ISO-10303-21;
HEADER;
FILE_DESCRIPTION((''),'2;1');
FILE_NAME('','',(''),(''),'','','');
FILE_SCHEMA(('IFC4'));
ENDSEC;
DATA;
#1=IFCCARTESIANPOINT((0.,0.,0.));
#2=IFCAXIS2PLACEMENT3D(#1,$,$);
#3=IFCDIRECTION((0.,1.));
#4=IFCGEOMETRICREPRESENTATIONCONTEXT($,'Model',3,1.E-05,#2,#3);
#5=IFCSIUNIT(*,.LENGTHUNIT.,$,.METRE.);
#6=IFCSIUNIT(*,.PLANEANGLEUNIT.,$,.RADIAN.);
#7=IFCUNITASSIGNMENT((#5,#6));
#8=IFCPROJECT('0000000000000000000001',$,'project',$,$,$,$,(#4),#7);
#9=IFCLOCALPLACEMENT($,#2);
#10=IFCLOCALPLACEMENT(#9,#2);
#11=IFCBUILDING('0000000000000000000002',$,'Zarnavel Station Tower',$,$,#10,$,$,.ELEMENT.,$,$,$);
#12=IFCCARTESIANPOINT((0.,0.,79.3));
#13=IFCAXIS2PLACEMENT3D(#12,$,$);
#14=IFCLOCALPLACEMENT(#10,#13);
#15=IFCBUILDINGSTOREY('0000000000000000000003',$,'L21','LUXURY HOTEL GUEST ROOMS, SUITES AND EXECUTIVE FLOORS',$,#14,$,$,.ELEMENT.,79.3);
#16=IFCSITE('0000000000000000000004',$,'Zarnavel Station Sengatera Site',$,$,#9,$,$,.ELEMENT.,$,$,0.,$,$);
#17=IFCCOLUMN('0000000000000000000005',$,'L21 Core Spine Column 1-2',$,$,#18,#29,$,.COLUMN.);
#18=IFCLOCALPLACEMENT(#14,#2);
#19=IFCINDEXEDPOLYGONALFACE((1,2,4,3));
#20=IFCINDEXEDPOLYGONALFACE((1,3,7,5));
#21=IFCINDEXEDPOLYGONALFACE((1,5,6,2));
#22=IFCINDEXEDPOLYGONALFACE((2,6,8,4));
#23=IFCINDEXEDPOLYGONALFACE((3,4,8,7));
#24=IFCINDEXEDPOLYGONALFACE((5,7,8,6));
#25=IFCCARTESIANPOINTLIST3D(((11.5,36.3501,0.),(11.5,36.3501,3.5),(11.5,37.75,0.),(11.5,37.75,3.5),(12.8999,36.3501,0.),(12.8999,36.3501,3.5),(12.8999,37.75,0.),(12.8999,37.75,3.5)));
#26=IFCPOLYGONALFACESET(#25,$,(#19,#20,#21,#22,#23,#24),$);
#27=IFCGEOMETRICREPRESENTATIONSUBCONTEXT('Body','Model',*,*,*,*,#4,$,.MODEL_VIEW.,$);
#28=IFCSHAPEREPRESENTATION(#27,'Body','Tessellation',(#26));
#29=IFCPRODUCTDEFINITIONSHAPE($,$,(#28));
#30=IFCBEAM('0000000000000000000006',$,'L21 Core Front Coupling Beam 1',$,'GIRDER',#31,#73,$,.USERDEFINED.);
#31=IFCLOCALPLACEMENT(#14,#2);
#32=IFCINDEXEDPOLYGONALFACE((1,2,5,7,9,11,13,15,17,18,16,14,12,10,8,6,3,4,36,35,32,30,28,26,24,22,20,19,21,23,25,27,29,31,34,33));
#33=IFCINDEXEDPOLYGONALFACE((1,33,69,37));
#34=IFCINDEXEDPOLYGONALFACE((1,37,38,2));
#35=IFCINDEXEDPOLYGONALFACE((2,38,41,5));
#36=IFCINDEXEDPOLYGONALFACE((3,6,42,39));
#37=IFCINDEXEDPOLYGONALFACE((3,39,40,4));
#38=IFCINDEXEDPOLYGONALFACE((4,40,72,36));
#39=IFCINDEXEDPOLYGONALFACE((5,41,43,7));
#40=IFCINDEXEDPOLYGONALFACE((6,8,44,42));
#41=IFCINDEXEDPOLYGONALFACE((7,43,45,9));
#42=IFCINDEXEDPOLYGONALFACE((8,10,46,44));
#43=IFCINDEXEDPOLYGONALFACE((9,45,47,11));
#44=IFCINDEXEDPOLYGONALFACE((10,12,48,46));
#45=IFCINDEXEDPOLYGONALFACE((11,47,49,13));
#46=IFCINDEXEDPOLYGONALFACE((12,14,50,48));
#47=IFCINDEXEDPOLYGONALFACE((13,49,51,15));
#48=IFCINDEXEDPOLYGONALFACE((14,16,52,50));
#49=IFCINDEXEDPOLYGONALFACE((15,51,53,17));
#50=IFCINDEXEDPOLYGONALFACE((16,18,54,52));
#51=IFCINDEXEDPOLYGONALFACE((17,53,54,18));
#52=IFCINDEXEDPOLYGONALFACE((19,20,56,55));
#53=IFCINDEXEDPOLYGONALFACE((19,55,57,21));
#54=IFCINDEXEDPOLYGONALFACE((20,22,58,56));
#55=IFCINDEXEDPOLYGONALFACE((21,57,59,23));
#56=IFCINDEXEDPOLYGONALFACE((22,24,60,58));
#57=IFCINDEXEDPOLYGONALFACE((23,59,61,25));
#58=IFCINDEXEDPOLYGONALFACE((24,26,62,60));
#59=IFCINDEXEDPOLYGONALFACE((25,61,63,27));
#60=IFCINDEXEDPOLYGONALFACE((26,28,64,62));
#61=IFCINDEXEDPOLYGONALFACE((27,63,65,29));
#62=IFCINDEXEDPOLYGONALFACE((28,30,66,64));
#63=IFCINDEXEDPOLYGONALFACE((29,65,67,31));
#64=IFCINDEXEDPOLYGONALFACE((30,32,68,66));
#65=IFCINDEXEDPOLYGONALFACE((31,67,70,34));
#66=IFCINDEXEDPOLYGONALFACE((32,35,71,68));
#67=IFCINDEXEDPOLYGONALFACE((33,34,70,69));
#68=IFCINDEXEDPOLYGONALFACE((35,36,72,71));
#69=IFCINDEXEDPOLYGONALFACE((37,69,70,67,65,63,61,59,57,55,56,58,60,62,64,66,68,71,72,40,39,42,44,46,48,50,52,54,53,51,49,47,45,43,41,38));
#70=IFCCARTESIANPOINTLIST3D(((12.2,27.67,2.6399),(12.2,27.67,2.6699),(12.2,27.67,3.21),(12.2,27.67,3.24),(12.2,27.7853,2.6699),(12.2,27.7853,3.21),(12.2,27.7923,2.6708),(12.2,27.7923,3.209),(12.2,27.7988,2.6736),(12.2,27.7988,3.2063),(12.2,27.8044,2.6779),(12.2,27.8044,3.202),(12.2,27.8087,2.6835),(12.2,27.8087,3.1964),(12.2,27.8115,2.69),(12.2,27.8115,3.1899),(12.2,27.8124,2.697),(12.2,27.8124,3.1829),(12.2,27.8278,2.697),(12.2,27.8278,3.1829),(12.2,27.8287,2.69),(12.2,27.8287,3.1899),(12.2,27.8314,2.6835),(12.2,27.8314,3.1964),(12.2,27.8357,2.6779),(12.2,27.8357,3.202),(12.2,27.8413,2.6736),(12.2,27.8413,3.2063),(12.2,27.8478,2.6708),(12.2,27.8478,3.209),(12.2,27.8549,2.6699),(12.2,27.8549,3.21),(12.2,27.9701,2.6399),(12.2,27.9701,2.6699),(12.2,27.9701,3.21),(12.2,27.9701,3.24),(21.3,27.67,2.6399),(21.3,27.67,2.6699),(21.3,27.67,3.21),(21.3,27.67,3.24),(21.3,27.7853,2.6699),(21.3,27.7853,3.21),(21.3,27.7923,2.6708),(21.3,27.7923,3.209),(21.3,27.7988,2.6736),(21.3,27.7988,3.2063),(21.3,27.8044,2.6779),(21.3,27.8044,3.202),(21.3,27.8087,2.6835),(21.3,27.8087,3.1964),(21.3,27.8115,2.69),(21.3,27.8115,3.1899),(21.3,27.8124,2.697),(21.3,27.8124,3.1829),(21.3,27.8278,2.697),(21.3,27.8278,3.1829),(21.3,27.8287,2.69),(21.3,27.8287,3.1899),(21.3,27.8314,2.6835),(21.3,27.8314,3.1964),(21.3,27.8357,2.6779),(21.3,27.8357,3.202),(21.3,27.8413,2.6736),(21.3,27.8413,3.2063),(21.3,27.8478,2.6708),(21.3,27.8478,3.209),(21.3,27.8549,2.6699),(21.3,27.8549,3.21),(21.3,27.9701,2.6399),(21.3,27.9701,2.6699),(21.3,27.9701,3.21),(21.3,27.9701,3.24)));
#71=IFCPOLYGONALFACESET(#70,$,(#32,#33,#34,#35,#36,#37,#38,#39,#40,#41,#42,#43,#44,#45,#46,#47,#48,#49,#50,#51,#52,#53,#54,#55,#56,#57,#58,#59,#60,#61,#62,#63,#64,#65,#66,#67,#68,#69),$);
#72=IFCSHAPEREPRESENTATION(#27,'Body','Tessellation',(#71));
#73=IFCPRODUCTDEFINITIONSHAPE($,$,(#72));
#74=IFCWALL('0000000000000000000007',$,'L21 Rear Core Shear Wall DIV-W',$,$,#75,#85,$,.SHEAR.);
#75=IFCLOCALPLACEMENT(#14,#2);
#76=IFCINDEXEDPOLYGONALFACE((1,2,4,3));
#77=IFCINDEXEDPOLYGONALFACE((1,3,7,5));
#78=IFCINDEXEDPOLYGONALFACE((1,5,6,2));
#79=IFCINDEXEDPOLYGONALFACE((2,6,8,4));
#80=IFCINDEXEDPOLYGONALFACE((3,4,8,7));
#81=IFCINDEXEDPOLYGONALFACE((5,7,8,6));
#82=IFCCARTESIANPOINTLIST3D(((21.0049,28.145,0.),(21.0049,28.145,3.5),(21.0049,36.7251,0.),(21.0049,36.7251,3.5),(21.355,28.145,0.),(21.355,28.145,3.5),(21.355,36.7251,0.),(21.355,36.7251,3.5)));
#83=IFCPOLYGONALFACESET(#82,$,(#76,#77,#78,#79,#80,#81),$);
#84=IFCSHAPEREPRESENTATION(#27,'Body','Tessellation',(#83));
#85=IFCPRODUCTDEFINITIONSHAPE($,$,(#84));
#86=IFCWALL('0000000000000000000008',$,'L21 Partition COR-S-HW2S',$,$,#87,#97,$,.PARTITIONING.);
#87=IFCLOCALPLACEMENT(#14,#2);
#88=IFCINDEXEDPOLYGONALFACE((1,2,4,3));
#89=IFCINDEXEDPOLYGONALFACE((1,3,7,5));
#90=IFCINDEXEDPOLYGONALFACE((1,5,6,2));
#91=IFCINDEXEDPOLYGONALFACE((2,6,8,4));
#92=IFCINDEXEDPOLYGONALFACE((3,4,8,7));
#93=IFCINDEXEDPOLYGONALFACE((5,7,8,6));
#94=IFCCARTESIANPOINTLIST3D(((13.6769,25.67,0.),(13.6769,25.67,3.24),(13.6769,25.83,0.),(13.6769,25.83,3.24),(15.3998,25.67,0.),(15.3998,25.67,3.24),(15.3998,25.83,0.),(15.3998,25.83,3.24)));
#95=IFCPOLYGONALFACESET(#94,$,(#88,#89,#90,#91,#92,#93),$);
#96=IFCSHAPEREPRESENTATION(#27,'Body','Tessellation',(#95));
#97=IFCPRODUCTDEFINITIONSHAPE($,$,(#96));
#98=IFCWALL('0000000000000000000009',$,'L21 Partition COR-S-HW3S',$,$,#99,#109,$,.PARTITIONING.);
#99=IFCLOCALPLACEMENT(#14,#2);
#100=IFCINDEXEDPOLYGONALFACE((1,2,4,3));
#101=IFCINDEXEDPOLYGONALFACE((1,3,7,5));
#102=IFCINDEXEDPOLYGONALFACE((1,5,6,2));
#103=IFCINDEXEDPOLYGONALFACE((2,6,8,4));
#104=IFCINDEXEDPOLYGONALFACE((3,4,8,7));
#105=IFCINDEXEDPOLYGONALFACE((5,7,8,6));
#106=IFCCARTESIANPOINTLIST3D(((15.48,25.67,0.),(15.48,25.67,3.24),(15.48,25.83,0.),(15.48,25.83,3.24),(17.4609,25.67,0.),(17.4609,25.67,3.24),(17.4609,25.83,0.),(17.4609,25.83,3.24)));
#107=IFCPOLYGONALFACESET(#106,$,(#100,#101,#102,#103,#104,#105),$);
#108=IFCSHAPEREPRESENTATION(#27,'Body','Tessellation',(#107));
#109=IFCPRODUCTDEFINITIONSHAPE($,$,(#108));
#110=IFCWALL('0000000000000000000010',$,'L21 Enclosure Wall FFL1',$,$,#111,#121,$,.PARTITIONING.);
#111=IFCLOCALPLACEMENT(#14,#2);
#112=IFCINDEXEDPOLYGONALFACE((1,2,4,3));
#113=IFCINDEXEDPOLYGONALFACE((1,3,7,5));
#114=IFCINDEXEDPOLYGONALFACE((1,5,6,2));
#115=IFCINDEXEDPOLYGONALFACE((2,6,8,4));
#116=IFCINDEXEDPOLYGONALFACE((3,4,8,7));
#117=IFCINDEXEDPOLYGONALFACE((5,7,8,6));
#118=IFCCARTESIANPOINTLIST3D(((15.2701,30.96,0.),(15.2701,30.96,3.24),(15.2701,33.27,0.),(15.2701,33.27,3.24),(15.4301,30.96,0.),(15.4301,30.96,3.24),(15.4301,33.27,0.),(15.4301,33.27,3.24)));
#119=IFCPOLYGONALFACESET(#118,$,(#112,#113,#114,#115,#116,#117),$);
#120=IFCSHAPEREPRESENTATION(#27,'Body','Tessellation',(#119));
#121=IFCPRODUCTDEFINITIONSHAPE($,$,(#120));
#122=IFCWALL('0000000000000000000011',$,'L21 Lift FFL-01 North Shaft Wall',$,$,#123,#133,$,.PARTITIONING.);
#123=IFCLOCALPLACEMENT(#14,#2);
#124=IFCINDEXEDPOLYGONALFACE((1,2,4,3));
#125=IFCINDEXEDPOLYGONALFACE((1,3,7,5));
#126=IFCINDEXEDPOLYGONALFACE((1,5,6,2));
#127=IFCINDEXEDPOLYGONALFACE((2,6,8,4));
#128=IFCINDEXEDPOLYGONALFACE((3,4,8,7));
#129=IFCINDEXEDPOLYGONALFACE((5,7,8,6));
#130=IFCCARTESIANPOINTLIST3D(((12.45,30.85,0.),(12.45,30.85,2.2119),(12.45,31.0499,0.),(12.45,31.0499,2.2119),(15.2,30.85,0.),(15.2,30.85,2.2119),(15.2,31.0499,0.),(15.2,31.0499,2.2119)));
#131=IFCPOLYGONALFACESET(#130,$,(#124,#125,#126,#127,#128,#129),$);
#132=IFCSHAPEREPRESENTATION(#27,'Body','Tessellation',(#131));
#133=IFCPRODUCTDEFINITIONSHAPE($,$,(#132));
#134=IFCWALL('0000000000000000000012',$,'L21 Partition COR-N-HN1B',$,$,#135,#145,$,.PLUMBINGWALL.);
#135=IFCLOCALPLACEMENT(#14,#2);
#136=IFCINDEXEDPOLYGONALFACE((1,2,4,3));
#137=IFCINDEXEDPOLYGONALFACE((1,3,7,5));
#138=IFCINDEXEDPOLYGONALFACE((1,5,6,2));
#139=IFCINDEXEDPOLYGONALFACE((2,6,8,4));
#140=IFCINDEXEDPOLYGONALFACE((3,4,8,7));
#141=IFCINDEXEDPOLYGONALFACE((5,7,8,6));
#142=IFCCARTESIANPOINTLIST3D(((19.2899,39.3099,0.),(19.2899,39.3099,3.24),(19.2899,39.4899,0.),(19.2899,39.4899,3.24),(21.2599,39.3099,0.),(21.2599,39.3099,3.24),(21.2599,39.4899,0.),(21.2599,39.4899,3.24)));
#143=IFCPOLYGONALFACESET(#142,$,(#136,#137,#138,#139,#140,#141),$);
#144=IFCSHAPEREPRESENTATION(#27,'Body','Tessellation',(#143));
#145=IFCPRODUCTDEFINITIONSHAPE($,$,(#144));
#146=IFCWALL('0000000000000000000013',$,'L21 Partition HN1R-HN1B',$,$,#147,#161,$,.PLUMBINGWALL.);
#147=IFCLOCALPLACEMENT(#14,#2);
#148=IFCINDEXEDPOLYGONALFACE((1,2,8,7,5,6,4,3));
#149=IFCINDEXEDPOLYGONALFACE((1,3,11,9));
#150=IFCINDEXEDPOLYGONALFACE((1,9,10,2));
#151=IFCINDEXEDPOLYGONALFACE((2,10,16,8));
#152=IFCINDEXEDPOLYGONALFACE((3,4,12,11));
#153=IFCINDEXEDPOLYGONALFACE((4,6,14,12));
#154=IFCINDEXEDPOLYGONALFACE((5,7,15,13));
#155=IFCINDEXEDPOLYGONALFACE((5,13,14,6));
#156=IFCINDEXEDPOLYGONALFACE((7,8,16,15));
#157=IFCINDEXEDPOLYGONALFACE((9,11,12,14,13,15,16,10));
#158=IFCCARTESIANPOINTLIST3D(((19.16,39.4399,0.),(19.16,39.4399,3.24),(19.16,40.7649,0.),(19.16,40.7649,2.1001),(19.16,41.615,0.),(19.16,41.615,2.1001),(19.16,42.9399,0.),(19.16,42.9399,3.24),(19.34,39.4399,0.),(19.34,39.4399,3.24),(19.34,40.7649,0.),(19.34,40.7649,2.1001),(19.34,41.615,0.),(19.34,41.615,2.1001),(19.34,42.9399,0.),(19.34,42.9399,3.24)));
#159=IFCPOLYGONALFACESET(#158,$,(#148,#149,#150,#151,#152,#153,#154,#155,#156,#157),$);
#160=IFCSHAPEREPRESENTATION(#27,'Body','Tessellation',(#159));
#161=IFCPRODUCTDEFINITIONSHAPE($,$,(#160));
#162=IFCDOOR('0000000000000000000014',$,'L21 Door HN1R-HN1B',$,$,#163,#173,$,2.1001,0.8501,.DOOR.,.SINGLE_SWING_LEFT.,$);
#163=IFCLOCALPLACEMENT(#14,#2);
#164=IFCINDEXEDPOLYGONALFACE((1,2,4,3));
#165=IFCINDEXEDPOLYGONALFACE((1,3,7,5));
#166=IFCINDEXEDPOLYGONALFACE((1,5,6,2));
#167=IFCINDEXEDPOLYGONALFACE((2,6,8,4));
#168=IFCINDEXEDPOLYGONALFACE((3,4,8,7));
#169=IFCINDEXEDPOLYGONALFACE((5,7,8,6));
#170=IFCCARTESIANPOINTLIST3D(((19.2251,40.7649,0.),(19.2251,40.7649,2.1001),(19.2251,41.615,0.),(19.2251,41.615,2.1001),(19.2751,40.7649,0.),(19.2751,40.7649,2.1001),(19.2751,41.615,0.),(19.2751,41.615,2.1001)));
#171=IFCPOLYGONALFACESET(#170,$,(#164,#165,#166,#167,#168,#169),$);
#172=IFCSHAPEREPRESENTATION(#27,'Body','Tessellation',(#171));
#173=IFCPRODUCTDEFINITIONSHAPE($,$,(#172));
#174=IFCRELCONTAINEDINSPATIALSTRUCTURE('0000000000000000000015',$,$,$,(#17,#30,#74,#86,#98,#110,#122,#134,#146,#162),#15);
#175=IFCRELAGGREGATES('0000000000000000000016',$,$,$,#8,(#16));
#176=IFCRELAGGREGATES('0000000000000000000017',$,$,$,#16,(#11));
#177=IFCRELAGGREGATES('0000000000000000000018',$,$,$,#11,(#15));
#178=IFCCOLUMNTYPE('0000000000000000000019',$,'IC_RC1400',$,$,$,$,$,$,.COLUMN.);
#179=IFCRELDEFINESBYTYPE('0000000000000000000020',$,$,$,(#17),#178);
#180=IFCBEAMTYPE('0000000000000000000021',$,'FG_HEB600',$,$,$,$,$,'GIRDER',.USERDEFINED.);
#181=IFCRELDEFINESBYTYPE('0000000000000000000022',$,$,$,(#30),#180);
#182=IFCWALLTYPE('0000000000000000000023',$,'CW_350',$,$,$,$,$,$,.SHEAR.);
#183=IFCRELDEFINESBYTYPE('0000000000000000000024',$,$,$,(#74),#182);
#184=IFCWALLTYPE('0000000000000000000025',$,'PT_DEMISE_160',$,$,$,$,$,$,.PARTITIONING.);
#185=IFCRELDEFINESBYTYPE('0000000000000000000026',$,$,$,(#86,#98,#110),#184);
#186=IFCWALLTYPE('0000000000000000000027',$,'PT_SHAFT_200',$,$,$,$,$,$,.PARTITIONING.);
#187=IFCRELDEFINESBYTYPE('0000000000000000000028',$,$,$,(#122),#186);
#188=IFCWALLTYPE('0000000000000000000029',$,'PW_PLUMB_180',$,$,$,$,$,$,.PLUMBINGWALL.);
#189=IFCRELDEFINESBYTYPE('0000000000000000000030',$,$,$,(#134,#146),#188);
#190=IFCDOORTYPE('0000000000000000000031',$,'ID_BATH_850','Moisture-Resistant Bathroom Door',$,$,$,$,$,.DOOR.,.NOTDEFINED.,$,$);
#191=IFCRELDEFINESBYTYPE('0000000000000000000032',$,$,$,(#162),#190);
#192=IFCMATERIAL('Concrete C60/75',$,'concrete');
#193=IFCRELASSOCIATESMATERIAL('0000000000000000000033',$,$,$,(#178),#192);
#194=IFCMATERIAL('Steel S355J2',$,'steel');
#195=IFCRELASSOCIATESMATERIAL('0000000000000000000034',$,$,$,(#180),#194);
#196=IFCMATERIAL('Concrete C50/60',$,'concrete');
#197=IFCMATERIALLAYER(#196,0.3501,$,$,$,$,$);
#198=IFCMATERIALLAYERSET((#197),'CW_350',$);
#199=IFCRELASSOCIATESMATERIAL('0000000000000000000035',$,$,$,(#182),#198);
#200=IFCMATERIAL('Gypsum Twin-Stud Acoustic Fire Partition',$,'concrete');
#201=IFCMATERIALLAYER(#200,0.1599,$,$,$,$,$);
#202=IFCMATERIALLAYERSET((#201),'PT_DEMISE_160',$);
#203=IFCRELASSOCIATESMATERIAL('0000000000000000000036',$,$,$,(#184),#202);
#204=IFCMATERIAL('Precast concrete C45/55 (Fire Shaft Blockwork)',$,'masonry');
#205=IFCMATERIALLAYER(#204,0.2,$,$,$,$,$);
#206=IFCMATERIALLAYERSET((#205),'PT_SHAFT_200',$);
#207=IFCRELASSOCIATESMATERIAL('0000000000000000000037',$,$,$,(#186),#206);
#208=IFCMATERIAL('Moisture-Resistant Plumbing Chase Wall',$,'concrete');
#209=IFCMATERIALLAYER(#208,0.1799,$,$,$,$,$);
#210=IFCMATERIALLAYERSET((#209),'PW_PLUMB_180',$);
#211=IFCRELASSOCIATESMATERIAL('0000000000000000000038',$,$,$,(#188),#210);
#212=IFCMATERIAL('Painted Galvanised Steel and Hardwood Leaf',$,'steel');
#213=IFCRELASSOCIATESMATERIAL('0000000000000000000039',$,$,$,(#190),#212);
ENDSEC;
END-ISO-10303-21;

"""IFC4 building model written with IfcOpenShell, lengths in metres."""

from ifc_helpers import new_model, si_unit, direction, frame, frame_2d, origin, origin_2d, place, context, subcontext, project, spatial, rectangle, i_section, extrude, material, layer, layer_set, material_profile, profile_set, type_object, element, fill, save


model = new_model("IFC4")

# Units and contexts
model_context = context("Model", 3, precision=1e-05, world=origin(), true_north=direction((0.0, 1.0)))
body_context = subcontext(model_context, "Body", "Model", "MODEL_VIEW")
ifc_project = project(units=[si_unit("LENGTHUNIT", "METRE"), si_unit("PLANEANGLEUNIT", "RADIAN")], contexts=[model_context])

# Site, building, storey
site_placement = place(None, origin())
site = spatial("IfcSite", under=ifc_project, at=site_placement, Name="Zarnavel Station Sengatera Site", CompositionType="ELEMENT", RefElevation=0.0)
building_placement = place(site_placement, origin())
building = spatial("IfcBuilding", under=site, at=building_placement, Name="Zarnavel Station Tower", CompositionType="ELEMENT")
storey_placement = place(building_placement, frame((0.0, 0.0, 79.3)))
storey = spatial("IfcBuildingStorey", under=building, at=storey_placement, Name="L21", Description="LUXURY HOTEL GUEST ROOMS, SUITES AND EXECUTIVE FLOORS", CompositionType="ELEMENT", Elevation=79.3)

# Column
ifc_material_1 = material(Name="Concrete C60/75", Category="concrete")
ifc_material_profile_1 = material_profile(ifc_material_1, rectangle(XDim=1.3999, YDim=1.3999, at=origin_2d()), Name="RC1400x1400")
ifc_profile_set_1 = profile_set([ifc_material_profile_1], Name="Concrete C60/75")
column_type = type_object("IfcColumnType", Name="IC_RC1400", PredefinedType="COLUMN", material=ifc_profile_set_1)
column_placement = place(storey_placement, frame((12.2, 37.05, 0.0), z_axis=(0.0, 0.0, 1.0), x_axis=(1.0, 0.0, 0.0)))
element("IfcColumn", 1, at=column_placement, inside=storey, type_object=column_type, Name="L21 Core Spine Column 1-2", PredefinedType="COLUMN", context=body_context, shape_type="SweptSolid", body=[
    extrude(rectangle(XDim=1.3999, YDim=1.3999, at=origin_2d()), origin(), (0.0, 0.0, 1.0), 3.5),
])

# Beam
ifc_material_2 = material(Name="Steel S355J2", Category="steel")
ifc_material_profile_2 = material_profile(ifc_material_2, i_section(OverallWidth=0.3, OverallDepth=0.6001, WebThickness=0.0154, FlangeThickness=0.03, FilletRadius=0.0271, at=origin_2d()), Name="HEB600")
ifc_profile_set_2 = profile_set([ifc_material_profile_2], Name="Steel S355J2")
beam_type = type_object("IfcBeamType", Name="FG_HEB600", ElementType="GIRDER", PredefinedType="USERDEFINED", material=ifc_profile_set_2)
beam_placement = place(storey_placement, frame((12.2, 27.8201, 2.9399), z_axis=(1.0, 0.0, 0.0), x_axis=(0.0, 1.0, 0.0)))
element("IfcBeam", 2, at=beam_placement, inside=storey, type_object=beam_type, Name="L21 Core Front Coupling Beam 1", ObjectType="GIRDER", PredefinedType="USERDEFINED", context=body_context, shape_type="SweptSolid", body=[
    extrude(i_section(OverallWidth=0.3, OverallDepth=0.6001, WebThickness=0.0154, FlangeThickness=0.03, FilletRadius=0.0271, at=origin_2d()), origin(), (0.0, 0.0, 1.0), 9.1001),
])

# Wall
ifc_material_3 = material(Name="Concrete C50/60", Category="concrete")
ifc_layer_1 = layer(ifc_material_3, 0.3501)
ifc_layer_set_1 = layer_set([ifc_layer_1], Name="CW_350")
wall_type_1 = type_object("IfcWallType", Name="CW_350", PredefinedType="SHEAR", material=ifc_layer_set_1)
wall_1_placement = place(storey_placement, frame((21.1799, 28.145, 0.0), z_axis=(0.0, 0.0, 1.0), x_axis=(0.0, 1.0, 0.0)))
element("IfcWall", 3, at=wall_1_placement, inside=storey, type_object=wall_type_1, Name="L21 Rear Core Shear Wall DIV-W", PredefinedType="SHEAR", context=body_context, shape_type="SweptSolid", body=[
    extrude(rectangle(XDim=8.5801, YDim=0.3501, at=frame_2d((4.29, 0.0))), origin(), (0.0, 0.0, 1.0), 3.5),
])

# Wall
ifc_material_4 = material(Name="Gypsum Twin-Stud Acoustic Fire Partition", Category="concrete")
ifc_layer_2 = layer(ifc_material_4, 0.1599)
ifc_layer_set_2 = layer_set([ifc_layer_2], Name="PT_DEMISE_160")
wall_type_2 = type_object("IfcWallType", Name="PT_DEMISE_160", PredefinedType="PARTITIONING", material=ifc_layer_set_2)
wall_2_placement = place(storey_placement, frame((13.677, 25.75, 0.0), z_axis=(0.0, 0.0, 1.0), x_axis=(1.0, 0.0, 0.0)))
element("IfcWall", 4, at=wall_2_placement, inside=storey, type_object=wall_type_2, Name="L21 Partition COR-S-HW2S", PredefinedType="PARTITIONING", context=body_context, shape_type="SweptSolid", body=[
    extrude(rectangle(XDim=1.7229, YDim=0.1599, at=frame_2d((0.8613, 0.0))), origin(), (0.0, 0.0, 1.0), 3.24),
])

# Walls
wall_3_placement = place(storey_placement, frame((15.48, 25.75, 0.0), z_axis=(0.0, 0.0, 1.0), x_axis=(1.0, 0.0, 0.0)))
element("IfcWall", 5, at=wall_3_placement, inside=storey, type_object=wall_type_2, Name="L21 Partition COR-S-HW3S", PredefinedType="PARTITIONING", context=body_context, shape_type="SweptSolid", body=[
    extrude(rectangle(XDim=1.981, YDim=0.1599, at=frame_2d((0.9905, 0.0))), origin(), (0.0, 0.0, 1.0), 3.24),
])
wall_4_placement = place(storey_placement, frame((15.3501, 30.96, 0.0), z_axis=(0.0, 0.0, 1.0), x_axis=(0.0, 1.0, 0.0)))
element("IfcWall", 6, at=wall_4_placement, inside=storey, type_object=wall_type_2, Name="L21 Enclosure Wall FFL1", PredefinedType="PARTITIONING", context=body_context, shape_type="SweptSolid", body=[
    extrude(rectangle(XDim=2.3101, YDim=0.1599, at=frame_2d((1.155, 0.0))), origin(), (0.0, 0.0, 1.0), 3.24),
])

# Shared definitions
ifc_material_5 = material(Name="Precast concrete C45/55 (Fire Shaft Blockwork)", Category="masonry")
ifc_layer_3 = layer(ifc_material_5, 0.2)
ifc_layer_set_3 = layer_set([ifc_layer_3], Name="PT_SHAFT_200")
wall_type_3 = type_object("IfcWallType", Name="PT_SHAFT_200", PredefinedType="PARTITIONING", material=ifc_layer_set_3)

# Walls
wall_5_placement = place(storey_placement, frame((12.45, 30.95, 0.0), z_axis=(0.0, 0.0, 1.0), x_axis=(1.0, 0.0, 0.0)))
element("IfcWall", 7, at=wall_5_placement, inside=storey, type_object=wall_type_3, Name="L21 Lift FFL-01 North Shaft Wall", PredefinedType="PARTITIONING", context=body_context, shape_type="SweptSolid", body=[
    extrude(rectangle(XDim=2.75, YDim=0.2, at=frame_2d((1.375, 0.0))), origin(), (0.0, 0.0, 1.0), 2.2119),
])
ifc_material_6 = material(Name="Moisture-Resistant Plumbing Chase Wall", Category="concrete")
ifc_layer_4 = layer(ifc_material_6, 0.1799)
ifc_layer_set_4 = layer_set([ifc_layer_4], Name="PW_PLUMB_180")
wall_type_4 = type_object("IfcWallType", Name="PW_PLUMB_180", PredefinedType="PLUMBINGWALL", material=ifc_layer_set_4)
wall_6_placement = place(storey_placement, frame((19.29, 39.3999, 0.0), z_axis=(0.0, 0.0, 1.0), x_axis=(1.0, 0.0, 0.0)))
element("IfcWall", 8, at=wall_6_placement, inside=storey, type_object=wall_type_4, Name="L21 Partition COR-N-HN1B", PredefinedType="PLUMBINGWALL", context=body_context, shape_type="SweptSolid", body=[
    extrude(rectangle(XDim=1.97, YDim=0.1799, at=frame_2d((0.9849, 0.0))), origin(), (0.0, 0.0, 1.0), 3.24),
])

# Wall, opening, door
wall_7_placement = place(storey_placement, frame((19.25, 39.4399, 0.0), z_axis=(0.0, 0.0, 1.0), x_axis=(0.0, 1.0, 0.0)))
wall_7 = element("IfcWall", 9, at=wall_7_placement, inside=storey, type_object=wall_type_4, Name="L21 Partition HN1R-HN1B", PredefinedType="PLUMBINGWALL", context=body_context, shape_type="SweptSolid", body=[
    extrude(rectangle(XDim=3.5, YDim=0.1799, at=frame_2d((1.75, 0.0))), origin(), (0.0, 0.0, 1.0), 3.24),
])
opening_1_placement = place(wall_7_placement, frame((1.325, 0.0, 0.0)))
opening_1 = element("IfcOpeningElement", 10, at=opening_1_placement, cuts=wall_7, PredefinedType="OPENING", context=body_context, shape_type="SweptSolid", body=[
    extrude(rectangle(XDim=0.8501, YDim=2.1001, at=frame_2d((0.425, 1.05))), frame((0.0, 0.0999, 0.0), z_axis=(0.0, -1.0, 0.0), x_axis=(1.0, 0.0, 0.0)), (0.0, 0.0, 1.0), 0.2),
])
ifc_material_7 = material(Name="Painted Galvanised Steel and Hardwood Leaf", Category="steel")
door_type_1 = type_object("IfcDoorType", Name="ID_BATH_850", Description="Moisture-Resistant Bathroom Door", OperationType="NOTDEFINED", PredefinedType="DOOR", material=ifc_material_7)
door_1_placement = place(opening_1_placement, origin())
door_1 = element("IfcDoor", 11, at=door_1_placement, inside=storey, type_object=door_type_1, Name="L21 Door HN1R-HN1B", OperationType="SINGLE_SWING_LEFT", OverallHeight=2.1001, OverallWidth=0.8501, PredefinedType="DOOR", context=body_context, shape_type="SweptSolid", body=[
    extrude(rectangle(XDim=0.8501, YDim=2.1001, at=frame_2d((0.425, 1.05))), frame((0.0, 0.0249, 0.0), z_axis=(0.0, -1.0, 0.0), x_axis=(1.0, 0.0, 0.0)), (0.0, 0.0, 1.0), 0.05),
])
fill(opening_1, door_1)

save(model, "model.ifc")
